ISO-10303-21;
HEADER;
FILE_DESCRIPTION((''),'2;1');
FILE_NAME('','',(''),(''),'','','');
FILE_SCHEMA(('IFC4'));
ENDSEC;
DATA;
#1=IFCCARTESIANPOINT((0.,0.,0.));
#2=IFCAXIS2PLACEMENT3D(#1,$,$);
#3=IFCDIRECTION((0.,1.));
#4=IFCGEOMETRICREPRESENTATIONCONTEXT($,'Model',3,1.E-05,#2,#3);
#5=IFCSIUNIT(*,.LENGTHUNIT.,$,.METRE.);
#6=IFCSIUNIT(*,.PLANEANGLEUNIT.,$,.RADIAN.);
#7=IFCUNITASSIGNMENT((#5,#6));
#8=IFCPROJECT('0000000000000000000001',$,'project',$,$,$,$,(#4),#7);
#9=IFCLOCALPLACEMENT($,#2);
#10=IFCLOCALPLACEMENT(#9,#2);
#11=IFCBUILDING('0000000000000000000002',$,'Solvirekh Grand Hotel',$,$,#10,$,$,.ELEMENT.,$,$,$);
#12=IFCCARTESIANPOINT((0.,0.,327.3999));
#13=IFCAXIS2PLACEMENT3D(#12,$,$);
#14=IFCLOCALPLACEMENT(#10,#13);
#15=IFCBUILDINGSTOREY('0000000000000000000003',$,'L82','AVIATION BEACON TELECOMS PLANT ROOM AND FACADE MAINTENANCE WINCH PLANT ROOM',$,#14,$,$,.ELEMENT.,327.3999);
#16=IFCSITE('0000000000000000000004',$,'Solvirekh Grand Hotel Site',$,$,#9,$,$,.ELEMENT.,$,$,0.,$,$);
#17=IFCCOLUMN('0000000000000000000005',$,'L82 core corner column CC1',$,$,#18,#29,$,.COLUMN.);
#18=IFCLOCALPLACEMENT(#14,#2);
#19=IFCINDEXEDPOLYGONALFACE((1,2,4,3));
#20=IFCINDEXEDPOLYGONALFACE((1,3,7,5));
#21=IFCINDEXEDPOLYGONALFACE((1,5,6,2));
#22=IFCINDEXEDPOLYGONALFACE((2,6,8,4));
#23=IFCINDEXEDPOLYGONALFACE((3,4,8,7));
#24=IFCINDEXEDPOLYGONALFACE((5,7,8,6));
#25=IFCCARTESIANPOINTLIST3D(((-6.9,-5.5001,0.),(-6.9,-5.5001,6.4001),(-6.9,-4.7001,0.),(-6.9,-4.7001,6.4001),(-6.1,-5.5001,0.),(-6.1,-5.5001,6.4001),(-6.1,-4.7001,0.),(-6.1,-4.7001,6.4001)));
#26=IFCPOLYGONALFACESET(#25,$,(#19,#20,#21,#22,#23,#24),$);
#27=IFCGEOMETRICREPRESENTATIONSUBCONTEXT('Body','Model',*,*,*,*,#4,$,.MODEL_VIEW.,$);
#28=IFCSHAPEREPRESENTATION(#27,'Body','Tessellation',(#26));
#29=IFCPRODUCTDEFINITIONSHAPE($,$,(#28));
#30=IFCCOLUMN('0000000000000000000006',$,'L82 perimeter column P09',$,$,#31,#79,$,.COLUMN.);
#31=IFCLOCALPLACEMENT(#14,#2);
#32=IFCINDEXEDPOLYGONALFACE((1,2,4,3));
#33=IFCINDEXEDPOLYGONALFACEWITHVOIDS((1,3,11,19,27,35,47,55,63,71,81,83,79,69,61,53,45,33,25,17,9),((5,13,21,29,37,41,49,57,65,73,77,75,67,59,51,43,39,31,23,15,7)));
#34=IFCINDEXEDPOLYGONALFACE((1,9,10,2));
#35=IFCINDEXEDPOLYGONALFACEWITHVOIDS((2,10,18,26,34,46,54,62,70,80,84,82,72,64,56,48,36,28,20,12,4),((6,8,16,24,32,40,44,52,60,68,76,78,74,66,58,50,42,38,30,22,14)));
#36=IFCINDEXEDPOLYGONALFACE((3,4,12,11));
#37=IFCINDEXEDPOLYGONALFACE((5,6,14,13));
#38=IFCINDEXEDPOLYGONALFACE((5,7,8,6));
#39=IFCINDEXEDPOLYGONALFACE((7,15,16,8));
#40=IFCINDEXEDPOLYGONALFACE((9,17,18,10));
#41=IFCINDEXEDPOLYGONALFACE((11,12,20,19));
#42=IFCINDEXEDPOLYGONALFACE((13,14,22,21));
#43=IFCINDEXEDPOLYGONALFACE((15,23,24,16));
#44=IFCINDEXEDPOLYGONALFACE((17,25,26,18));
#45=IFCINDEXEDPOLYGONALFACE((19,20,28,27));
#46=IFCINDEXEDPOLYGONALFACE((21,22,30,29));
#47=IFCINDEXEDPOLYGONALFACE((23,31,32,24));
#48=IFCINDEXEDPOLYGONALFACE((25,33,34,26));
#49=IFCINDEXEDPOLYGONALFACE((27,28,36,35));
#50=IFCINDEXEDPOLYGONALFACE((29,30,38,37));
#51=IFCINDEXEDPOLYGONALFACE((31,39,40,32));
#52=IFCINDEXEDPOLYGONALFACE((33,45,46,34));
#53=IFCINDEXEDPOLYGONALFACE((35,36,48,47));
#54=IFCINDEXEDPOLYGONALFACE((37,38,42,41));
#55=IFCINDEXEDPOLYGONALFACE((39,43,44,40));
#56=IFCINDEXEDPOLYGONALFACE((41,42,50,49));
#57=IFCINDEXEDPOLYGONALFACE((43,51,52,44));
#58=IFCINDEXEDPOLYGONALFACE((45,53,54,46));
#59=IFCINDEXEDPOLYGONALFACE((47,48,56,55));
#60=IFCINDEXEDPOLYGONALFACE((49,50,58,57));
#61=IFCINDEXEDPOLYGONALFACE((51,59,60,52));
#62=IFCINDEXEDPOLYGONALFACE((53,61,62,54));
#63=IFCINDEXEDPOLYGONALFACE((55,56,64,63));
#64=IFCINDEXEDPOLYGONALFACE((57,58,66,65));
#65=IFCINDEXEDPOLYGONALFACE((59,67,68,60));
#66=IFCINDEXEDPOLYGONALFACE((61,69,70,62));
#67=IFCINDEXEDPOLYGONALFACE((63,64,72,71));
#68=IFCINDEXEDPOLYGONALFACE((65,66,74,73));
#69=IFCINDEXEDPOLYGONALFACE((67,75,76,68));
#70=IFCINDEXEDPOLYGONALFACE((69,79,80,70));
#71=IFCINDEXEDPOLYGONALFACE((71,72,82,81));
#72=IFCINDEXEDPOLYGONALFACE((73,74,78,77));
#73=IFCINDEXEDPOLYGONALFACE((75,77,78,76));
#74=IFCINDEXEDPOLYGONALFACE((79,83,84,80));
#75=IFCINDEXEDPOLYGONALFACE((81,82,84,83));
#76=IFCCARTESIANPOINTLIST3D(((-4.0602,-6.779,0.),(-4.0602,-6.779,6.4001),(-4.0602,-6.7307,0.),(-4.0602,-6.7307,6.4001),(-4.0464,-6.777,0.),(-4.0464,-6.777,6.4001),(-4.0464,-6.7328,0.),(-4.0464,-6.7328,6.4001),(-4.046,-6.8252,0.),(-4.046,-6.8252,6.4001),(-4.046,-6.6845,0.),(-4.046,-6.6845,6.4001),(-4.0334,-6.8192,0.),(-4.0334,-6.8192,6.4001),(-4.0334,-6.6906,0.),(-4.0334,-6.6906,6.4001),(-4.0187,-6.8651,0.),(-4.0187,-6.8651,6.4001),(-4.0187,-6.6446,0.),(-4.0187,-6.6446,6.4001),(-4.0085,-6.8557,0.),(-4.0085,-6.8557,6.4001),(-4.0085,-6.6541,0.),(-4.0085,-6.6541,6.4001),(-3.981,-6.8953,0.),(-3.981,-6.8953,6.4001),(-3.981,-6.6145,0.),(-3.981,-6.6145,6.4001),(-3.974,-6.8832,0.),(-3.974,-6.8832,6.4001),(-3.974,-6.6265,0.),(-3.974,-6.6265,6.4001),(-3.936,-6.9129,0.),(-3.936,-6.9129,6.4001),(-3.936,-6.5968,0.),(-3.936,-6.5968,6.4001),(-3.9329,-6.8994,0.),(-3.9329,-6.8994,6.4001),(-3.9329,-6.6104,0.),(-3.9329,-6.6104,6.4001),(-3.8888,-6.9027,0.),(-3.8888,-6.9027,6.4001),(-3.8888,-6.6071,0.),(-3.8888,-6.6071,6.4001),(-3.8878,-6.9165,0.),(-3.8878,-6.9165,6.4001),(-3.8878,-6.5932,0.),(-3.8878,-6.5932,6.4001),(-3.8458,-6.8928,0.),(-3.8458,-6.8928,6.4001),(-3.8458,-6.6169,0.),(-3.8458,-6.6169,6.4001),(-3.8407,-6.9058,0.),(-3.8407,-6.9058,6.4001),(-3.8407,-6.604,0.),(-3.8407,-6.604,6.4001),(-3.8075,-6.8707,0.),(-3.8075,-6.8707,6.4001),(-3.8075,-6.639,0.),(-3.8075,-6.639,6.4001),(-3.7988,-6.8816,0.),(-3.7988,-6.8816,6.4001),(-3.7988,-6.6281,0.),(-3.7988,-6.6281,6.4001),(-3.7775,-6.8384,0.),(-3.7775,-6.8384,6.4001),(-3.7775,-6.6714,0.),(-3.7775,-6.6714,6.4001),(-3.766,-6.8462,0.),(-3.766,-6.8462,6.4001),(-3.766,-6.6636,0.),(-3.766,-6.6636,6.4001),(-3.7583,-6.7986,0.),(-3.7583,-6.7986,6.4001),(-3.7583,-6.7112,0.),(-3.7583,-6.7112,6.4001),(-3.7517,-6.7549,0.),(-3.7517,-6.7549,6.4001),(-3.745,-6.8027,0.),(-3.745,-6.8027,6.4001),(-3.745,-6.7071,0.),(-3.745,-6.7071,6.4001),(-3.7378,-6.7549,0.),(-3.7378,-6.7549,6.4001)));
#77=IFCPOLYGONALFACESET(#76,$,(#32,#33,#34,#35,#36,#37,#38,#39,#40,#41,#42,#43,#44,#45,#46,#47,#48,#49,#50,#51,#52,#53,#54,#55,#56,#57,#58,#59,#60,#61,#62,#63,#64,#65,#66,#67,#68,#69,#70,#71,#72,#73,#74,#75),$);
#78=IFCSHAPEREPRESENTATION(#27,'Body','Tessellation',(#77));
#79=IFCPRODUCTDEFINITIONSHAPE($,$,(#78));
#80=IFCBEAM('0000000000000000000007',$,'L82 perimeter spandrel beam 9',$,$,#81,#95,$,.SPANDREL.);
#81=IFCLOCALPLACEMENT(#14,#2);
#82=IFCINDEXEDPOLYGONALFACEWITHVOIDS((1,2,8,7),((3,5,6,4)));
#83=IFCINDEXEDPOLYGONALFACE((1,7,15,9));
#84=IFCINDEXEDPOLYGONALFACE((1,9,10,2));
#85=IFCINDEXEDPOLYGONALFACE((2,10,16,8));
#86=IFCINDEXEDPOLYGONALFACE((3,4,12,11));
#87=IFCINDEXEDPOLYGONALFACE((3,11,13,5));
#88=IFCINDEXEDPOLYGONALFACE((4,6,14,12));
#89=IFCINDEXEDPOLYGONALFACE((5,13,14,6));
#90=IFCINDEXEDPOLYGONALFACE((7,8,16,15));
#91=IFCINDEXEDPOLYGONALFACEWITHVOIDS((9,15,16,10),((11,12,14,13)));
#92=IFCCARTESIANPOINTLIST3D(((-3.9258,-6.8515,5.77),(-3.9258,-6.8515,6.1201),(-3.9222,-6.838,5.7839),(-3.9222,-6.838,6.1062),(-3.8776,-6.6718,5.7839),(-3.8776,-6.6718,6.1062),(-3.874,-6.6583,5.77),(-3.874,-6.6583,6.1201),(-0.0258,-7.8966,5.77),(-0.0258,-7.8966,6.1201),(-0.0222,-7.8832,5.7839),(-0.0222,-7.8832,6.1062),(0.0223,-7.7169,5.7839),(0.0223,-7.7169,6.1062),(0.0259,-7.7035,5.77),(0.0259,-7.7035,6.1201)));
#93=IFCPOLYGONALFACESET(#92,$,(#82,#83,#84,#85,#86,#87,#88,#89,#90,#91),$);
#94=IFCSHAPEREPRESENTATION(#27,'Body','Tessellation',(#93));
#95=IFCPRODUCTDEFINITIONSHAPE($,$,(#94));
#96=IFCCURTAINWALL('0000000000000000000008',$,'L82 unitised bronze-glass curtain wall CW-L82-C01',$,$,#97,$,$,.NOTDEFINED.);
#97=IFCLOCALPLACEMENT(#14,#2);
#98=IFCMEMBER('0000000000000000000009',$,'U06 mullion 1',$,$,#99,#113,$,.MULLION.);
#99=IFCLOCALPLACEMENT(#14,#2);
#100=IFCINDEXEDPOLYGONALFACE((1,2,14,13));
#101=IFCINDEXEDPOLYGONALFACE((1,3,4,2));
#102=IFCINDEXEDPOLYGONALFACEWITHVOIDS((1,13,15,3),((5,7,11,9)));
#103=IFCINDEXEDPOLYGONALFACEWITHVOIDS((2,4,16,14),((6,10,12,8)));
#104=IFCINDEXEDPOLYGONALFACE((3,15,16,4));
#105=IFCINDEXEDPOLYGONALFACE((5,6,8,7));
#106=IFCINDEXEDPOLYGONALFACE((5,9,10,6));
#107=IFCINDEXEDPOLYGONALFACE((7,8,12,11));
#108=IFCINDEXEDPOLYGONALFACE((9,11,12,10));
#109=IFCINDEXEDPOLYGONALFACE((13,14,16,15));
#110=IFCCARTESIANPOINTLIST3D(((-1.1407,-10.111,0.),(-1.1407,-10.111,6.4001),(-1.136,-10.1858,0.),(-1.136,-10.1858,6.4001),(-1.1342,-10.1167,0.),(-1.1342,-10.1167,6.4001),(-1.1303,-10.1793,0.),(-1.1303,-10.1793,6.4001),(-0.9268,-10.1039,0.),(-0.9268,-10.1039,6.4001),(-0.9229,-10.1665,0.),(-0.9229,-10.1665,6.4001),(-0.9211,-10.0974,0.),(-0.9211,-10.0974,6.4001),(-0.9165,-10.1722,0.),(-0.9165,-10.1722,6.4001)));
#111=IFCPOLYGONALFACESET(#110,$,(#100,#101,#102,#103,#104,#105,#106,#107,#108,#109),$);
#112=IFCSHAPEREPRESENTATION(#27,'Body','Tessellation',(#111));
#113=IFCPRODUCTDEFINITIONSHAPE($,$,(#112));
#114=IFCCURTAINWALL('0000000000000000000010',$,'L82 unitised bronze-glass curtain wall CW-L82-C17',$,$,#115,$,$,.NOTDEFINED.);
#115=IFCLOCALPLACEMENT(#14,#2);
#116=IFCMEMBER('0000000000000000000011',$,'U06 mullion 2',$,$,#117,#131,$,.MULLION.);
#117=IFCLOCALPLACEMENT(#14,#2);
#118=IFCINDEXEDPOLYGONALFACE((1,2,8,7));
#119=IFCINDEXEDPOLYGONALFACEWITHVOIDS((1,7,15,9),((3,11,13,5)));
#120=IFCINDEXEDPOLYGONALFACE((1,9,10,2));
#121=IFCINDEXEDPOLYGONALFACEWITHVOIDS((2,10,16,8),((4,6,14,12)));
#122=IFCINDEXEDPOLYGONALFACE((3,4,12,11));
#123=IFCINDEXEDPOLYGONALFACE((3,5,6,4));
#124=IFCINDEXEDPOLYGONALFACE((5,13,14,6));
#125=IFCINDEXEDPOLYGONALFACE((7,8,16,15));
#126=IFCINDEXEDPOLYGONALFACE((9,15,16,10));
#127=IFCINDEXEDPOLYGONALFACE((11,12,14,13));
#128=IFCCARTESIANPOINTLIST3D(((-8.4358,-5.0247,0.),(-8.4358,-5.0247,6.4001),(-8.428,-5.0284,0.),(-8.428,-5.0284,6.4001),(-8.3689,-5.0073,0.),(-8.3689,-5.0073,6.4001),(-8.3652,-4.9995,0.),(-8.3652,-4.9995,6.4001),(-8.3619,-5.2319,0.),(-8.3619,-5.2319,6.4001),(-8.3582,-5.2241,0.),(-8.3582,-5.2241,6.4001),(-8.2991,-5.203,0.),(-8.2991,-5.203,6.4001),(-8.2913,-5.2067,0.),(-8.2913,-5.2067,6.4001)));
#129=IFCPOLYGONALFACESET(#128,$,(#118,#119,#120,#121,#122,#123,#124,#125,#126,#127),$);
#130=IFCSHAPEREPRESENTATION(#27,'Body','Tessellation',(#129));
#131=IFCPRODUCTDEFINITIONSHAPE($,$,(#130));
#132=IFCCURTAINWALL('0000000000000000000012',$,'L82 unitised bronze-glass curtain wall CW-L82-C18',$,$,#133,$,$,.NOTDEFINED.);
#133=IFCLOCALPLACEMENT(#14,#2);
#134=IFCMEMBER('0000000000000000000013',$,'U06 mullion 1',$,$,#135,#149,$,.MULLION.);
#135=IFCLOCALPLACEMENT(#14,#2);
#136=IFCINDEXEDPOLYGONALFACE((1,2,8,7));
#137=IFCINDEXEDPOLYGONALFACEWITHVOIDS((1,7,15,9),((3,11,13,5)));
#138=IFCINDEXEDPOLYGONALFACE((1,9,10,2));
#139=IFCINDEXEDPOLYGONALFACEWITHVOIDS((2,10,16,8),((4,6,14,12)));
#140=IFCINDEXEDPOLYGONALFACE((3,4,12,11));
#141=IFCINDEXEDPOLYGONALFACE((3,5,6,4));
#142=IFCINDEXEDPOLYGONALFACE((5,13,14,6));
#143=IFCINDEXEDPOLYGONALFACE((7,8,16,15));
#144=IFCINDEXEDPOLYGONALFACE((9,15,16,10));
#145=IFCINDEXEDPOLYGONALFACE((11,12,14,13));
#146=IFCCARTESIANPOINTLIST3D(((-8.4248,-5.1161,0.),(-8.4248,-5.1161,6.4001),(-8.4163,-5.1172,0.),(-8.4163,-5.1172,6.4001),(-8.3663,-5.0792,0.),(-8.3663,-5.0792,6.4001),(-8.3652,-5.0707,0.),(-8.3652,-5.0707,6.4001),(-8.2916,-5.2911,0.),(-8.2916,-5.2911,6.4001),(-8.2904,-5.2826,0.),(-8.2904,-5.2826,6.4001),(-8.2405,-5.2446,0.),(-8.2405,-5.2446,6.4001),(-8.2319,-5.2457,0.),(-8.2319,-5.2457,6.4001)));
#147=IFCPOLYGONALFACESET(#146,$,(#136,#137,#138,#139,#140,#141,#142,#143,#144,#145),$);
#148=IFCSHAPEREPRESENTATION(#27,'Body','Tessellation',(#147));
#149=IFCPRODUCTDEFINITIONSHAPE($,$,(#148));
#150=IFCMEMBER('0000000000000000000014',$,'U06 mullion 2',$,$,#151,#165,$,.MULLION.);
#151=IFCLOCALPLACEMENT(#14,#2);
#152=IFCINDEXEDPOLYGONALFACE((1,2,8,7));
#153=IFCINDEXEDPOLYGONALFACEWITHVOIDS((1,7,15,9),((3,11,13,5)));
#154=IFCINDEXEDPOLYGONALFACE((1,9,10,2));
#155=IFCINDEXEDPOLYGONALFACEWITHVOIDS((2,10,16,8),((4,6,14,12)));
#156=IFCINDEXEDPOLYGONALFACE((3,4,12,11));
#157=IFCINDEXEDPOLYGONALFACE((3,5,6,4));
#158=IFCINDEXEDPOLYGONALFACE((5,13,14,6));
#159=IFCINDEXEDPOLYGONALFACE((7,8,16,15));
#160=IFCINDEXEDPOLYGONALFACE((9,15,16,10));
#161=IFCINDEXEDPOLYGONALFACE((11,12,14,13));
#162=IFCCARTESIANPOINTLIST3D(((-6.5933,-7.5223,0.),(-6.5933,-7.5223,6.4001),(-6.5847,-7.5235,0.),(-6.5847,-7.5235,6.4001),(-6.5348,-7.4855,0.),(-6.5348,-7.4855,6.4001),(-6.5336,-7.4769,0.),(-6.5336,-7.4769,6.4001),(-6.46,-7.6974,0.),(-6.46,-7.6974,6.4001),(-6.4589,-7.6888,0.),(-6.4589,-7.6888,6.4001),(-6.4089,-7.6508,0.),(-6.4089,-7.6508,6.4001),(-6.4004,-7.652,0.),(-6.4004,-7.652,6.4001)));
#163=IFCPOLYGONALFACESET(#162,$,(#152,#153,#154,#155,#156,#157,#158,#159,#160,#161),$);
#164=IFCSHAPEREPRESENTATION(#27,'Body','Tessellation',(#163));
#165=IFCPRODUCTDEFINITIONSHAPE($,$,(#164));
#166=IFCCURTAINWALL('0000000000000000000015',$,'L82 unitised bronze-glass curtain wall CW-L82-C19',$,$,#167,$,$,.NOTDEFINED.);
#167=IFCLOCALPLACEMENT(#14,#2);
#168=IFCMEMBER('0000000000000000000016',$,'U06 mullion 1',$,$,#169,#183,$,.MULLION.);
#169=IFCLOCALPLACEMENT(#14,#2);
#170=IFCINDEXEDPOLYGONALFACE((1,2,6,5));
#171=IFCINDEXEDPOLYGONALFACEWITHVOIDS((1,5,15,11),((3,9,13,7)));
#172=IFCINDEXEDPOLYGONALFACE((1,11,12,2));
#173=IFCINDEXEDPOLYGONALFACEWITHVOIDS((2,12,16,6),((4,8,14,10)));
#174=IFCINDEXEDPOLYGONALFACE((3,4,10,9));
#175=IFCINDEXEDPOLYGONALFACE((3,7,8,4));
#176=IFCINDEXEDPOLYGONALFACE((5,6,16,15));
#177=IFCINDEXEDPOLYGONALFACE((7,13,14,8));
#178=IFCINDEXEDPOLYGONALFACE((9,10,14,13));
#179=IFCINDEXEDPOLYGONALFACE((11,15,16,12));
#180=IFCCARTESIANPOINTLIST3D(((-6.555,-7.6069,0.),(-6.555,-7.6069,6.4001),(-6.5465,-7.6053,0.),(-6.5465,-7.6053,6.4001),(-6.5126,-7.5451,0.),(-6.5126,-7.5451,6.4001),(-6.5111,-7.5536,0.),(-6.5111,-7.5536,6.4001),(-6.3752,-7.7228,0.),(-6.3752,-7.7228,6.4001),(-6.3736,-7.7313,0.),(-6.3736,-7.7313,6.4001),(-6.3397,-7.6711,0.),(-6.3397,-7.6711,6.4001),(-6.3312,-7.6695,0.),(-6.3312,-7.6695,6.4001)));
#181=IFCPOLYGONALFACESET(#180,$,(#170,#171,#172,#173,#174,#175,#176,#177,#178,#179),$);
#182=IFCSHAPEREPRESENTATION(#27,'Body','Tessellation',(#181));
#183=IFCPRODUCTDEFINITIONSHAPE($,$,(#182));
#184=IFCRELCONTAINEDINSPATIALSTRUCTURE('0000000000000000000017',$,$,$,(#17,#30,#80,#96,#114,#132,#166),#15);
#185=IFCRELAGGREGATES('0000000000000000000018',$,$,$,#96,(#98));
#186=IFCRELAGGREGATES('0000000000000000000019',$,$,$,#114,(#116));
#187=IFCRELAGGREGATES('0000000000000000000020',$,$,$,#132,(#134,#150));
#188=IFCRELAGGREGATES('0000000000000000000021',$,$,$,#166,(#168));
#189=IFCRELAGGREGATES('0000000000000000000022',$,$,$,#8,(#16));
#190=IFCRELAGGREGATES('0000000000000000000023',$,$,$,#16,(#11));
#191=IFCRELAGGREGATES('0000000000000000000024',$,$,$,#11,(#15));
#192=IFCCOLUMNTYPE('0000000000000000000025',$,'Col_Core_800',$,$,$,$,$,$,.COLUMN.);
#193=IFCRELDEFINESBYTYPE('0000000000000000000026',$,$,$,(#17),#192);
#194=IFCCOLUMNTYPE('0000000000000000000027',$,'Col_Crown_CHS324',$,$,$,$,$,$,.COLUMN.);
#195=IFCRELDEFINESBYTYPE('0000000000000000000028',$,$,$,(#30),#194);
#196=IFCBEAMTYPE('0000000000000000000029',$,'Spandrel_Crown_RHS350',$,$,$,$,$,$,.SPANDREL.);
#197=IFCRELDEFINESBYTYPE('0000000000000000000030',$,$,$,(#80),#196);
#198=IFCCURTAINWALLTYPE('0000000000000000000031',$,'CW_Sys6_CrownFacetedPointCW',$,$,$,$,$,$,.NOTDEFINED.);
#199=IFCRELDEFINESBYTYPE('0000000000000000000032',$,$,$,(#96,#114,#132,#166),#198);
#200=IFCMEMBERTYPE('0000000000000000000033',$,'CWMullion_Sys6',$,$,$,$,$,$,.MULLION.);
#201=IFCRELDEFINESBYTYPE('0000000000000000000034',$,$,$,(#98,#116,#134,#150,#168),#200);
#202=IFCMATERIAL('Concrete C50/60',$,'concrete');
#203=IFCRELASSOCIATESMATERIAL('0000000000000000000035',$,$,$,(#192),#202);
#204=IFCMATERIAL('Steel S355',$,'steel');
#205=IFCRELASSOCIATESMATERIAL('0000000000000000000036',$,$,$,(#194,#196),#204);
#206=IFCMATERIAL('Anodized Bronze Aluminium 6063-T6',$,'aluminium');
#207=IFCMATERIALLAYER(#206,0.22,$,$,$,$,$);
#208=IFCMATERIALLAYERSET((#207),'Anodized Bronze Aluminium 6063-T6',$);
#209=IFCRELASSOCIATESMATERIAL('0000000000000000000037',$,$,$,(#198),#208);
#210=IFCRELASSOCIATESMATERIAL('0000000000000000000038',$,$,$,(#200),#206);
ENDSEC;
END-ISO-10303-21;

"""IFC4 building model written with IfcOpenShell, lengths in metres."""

from ifc_helpers import new_model, si_unit, direction, frame, origin, origin_2d, place, context, subcontext, project, spatial, rectangle, hollow_rectangle, hollow_circle, extrude, source, transform, mapped, material, layer, layer_set, material_profile, profile_set, type_object, element, aggregate, save


model = new_model("IFC4")

# Units and contexts
model_context = context("Model", 3, precision=1e-05, world=origin(), true_north=direction((0.0, 1.0)))
body_context = subcontext(model_context, "Body", "Model", "MODEL_VIEW")
ifc_project = project(units=[si_unit("LENGTHUNIT", "METRE"), si_unit("PLANEANGLEUNIT", "RADIAN")], contexts=[model_context])

# Site, building, storey
site_placement = place(None, origin())
site = spatial("IfcSite", under=ifc_project, at=site_placement, Name="Solvirekh Grand Hotel Site", CompositionType="ELEMENT", RefElevation=0.0)
building_placement = place(site_placement, origin())
building = spatial("IfcBuilding", under=site, at=building_placement, Name="Solvirekh Grand Hotel", CompositionType="ELEMENT")
storey_placement = place(building_placement, frame((0.0, 0.0, 327.3999)))
storey = spatial("IfcBuildingStorey", under=building, at=storey_placement, Name="L82", Description="AVIATION BEACON TELECOMS PLANT ROOM AND FACADE MAINTENANCE WINCH PLANT ROOM", CompositionType="ELEMENT", Elevation=327.3999)

# Columns
ifc_material_1 = material(Name="Concrete C50/60", Category="concrete")
ifc_material_profile_1 = material_profile(ifc_material_1, rectangle(XDim=0.8, YDim=0.8, at=origin_2d()), Name="RC 800X800")
ifc_profile_set_1 = profile_set([ifc_material_profile_1], Name="Concrete C50/60")
column_type_1 = type_object("IfcColumnType", Name="Col_Core_800", PredefinedType="COLUMN", material=ifc_profile_set_1)
column_1_placement = place(storey_placement, frame((-6.5, -5.1001, 0.0), z_axis=(0.0, 0.0, 1.0), x_axis=(1.0, 0.0, 0.0)))
element("IfcColumn", 1, at=column_1_placement, inside=storey, type_object=column_type_1, Name="L82 core corner column CC1", PredefinedType="COLUMN", context=body_context, shape_type="SweptSolid", body=[
    extrude(rectangle(XDim=0.8, YDim=0.8, at=origin_2d()), origin(), (0.0, 0.0, 1.0), 6.4001),
])
ifc_material_2 = material(Name="Steel S355", Category="steel")
ifc_material_profile_2 = material_profile(ifc_material_2, hollow_circle(Radius=0.1621, WallThickness=0.0139, at=origin_2d()), Name="CHS 324X14")
ifc_profile_set_2 = profile_set([ifc_material_profile_2], Name="Steel S355")
column_type_2 = type_object("IfcColumnType", Name="Col_Crown_CHS324", PredefinedType="COLUMN", material=ifc_profile_set_2)
column_2_placement = place(storey_placement, frame((-3.8999, -6.7549, 0.0), z_axis=(0.0, 0.0, 1.0), x_axis=(1.0, 0.0, 0.0)))
element("IfcColumn", 2, at=column_2_placement, inside=storey, type_object=column_type_2, Name="L82 perimeter column P09", PredefinedType="COLUMN", context=body_context, shape_type="SweptSolid", body=[
    extrude(hollow_circle(Radius=0.1621, WallThickness=0.0139, at=origin_2d()), origin(), (0.0, 0.0, 1.0), 6.4001),
])

# Beam
ifc_material_profile_3 = material_profile(ifc_material_2, hollow_rectangle(XDim=0.2, YDim=0.3501, WallThickness=0.0139, at=origin_2d()), Name="RHS 350X200X14")
ifc_profile_set_3 = profile_set([ifc_material_profile_3], Name="Steel S355")
beam_type = type_object("IfcBeamType", Name="Spandrel_Crown_RHS350", PredefinedType="SPANDREL", material=ifc_profile_set_3)
beam_placement = place(storey_placement, frame((-3.8999, -6.7549, 5.9451), z_axis=(0.965914, -0.258863, 0.0), x_axis=(0.258863, 0.965914, 0.0)))
element("IfcBeam", 3, at=beam_placement, inside=storey, type_object=beam_type, Name="L82 perimeter spandrel beam 9", PredefinedType="SPANDREL", context=body_context, shape_type="SweptSolid", body=[
    extrude(hollow_rectangle(XDim=0.2, YDim=0.3501, WallThickness=0.0139, at=origin_2d()), origin(), (0.0, 0.0, 1.0), 4.0376),
])

# Curtain walls, members
ifc_material_3 = material(Name="Anodized Bronze Aluminium 6063-T6", Category="aluminium")
ifc_layer_1 = layer(ifc_material_3, 0.22)
ifc_layer_set_1 = layer_set([ifc_layer_1], Name="Anodized Bronze Aluminium 6063-T6")
curtain_wall_type = type_object("IfcCurtainWallType", Name="CW_Sys6_CrownFacetedPointCW", PredefinedType="NOTDEFINED", material=ifc_layer_set_1)
curtain_wall_1_placement = place(storey_placement, origin())
curtain_wall_1 = element("IfcCurtainWall", 4, at=curtain_wall_1_placement, inside=storey, type_object=curtain_wall_type, Name="L82 unitised bronze-glass curtain wall CW-L82-C01", PredefinedType="NOTDEFINED")
ifc_material_profile_4 = material_profile(ifc_material_3, hollow_rectangle(XDim=0.075, YDim=0.22, WallThickness=0.0061, at=origin_2d()), Name="ALU RHS 220X75X6")
ifc_profile_set_4 = profile_set([ifc_material_profile_4], Name="Anodized Bronze Aluminium 6063-T6")
member_type_1 = type_object("IfcMemberType", Name="CWMullion_Sys6", PredefinedType="MULLION", material=ifc_profile_set_4)
shared_shape_1 = source(origin(), body_context, "Body", "SweptSolid", [
    extrude(hollow_rectangle(XDim=0.075, YDim=0.22, WallThickness=0.0061, at=origin_2d()), origin(), (0.0, 0.0, 1.0), 6.4001),
])
member_1_placement = place(storey_placement, frame((-1.0286, -10.1416, 0.0), z_axis=(0.0, 0.0, 1.0), x_axis=(-0.06184, 0.998086, 0.0)))
member_1 = element("IfcMember", 5, at=member_1_placement, type_object=member_type_1, Name="U06 mullion 1", PredefinedType="MULLION", context=body_context, shape_type="MappedRepresentation", body=[
    mapped(shared_shape_1, transform((0.0, 0.0, 0.0), x_axis=(1.0, 0.0, 0.0), y_axis=(0.0, 1.0, 0.0), z_axis=(0.0, 0.0, 1.0), scale=1.0)),
])
aggregate(curtain_wall_1, [member_1])
curtain_wall_2_placement = place(storey_placement, origin())
curtain_wall_2 = element("IfcCurtainWall", 6, at=curtain_wall_2_placement, inside=storey, type_object=curtain_wall_type, Name="L82 unitised bronze-glass curtain wall CW-L82-C17", PredefinedType="NOTDEFINED")
member_2_placement = place(storey_placement, frame((-8.3635, -5.1157, 0.0), z_axis=(0.0, 0.0, 1.0), x_axis=(0.94195, 0.335754, 0.0)))
member_2 = element("IfcMember", 7, at=member_2_placement, type_object=member_type_1, Name="U06 mullion 2", PredefinedType="MULLION", context=body_context, shape_type="MappedRepresentation", body=[
    mapped(shared_shape_1, transform((0.0, 0.0, 0.0), x_axis=(1.0, 0.0, 0.0), y_axis=(0.0, 1.0, 0.0), z_axis=(0.0, 0.0, 1.0), scale=1.0)),
])
aggregate(curtain_wall_2, [member_2])

# Curtain walls, members
curtain_wall_3_placement = place(storey_placement, origin())
curtain_wall_3 = element("IfcCurtainWall", 8, at=curtain_wall_3_placement, inside=storey, type_object=curtain_wall_type, Name="L82 unitised bronze-glass curtain wall CW-L82-C18", PredefinedType="NOTDEFINED")
member_3_placement = place(storey_placement, frame((-8.3284, -5.1809, 0.0), z_axis=(0.0, 0.0, 1.0), x_axis=(0.795721, 0.605664, 0.0)))
member_3 = element("IfcMember", 9, at=member_3_placement, type_object=member_type_1, Name="U06 mullion 1", PredefinedType="MULLION", context=body_context, shape_type="MappedRepresentation", body=[
    mapped(shared_shape_1, transform((0.0, 0.0, 0.0), x_axis=(1.0, 0.0, 0.0), y_axis=(0.0, 1.0, 0.0), z_axis=(0.0, 0.0, 1.0), scale=1.0)),
])
member_4_placement = place(storey_placement, frame((-6.4968, -7.5872, 0.0), z_axis=(0.0, 0.0, 1.0), x_axis=(0.795721, 0.605664, 0.0)))
member_4 = element("IfcMember", 10, at=member_4_placement, type_object=member_type_1, Name="U06 mullion 2", PredefinedType="MULLION", context=body_context, shape_type="MappedRepresentation", body=[
    mapped(shared_shape_1, transform((0.0, 0.0, 0.0), x_axis=(1.0, 0.0, 0.0), y_axis=(0.0, 1.0, 0.0), z_axis=(0.0, 0.0, 1.0), scale=1.0)),
])
curtain_wall_4_placement = place(storey_placement, origin())
curtain_wall_4 = element("IfcCurtainWall", 11, at=curtain_wall_4_placement, inside=storey, type_object=curtain_wall_type, Name="L82 unitised bronze-glass curtain wall CW-L82-C19", PredefinedType="NOTDEFINED")
member_5_placement = place(storey_placement, frame((-6.4431, -7.6382, 0.0), z_axis=(0.0, 0.0, 1.0), x_axis=(0.565496, 0.824751, 0.0)))
member_5 = element("IfcMember", 12, at=member_5_placement, type_object=member_type_1, Name="U06 mullion 1", PredefinedType="MULLION", context=body_context, shape_type="MappedRepresentation", body=[
    mapped(shared_shape_1, transform((0.0, 0.0, 0.0), x_axis=(1.0, 0.0, 0.0), y_axis=(0.0, 1.0, 0.0), z_axis=(0.0, 0.0, 1.0), scale=1.0)),
])

aggregate(curtain_wall_3, [member_3, member_4])
aggregate(curtain_wall_4, [member_5])

save(model, "model.ifc")
